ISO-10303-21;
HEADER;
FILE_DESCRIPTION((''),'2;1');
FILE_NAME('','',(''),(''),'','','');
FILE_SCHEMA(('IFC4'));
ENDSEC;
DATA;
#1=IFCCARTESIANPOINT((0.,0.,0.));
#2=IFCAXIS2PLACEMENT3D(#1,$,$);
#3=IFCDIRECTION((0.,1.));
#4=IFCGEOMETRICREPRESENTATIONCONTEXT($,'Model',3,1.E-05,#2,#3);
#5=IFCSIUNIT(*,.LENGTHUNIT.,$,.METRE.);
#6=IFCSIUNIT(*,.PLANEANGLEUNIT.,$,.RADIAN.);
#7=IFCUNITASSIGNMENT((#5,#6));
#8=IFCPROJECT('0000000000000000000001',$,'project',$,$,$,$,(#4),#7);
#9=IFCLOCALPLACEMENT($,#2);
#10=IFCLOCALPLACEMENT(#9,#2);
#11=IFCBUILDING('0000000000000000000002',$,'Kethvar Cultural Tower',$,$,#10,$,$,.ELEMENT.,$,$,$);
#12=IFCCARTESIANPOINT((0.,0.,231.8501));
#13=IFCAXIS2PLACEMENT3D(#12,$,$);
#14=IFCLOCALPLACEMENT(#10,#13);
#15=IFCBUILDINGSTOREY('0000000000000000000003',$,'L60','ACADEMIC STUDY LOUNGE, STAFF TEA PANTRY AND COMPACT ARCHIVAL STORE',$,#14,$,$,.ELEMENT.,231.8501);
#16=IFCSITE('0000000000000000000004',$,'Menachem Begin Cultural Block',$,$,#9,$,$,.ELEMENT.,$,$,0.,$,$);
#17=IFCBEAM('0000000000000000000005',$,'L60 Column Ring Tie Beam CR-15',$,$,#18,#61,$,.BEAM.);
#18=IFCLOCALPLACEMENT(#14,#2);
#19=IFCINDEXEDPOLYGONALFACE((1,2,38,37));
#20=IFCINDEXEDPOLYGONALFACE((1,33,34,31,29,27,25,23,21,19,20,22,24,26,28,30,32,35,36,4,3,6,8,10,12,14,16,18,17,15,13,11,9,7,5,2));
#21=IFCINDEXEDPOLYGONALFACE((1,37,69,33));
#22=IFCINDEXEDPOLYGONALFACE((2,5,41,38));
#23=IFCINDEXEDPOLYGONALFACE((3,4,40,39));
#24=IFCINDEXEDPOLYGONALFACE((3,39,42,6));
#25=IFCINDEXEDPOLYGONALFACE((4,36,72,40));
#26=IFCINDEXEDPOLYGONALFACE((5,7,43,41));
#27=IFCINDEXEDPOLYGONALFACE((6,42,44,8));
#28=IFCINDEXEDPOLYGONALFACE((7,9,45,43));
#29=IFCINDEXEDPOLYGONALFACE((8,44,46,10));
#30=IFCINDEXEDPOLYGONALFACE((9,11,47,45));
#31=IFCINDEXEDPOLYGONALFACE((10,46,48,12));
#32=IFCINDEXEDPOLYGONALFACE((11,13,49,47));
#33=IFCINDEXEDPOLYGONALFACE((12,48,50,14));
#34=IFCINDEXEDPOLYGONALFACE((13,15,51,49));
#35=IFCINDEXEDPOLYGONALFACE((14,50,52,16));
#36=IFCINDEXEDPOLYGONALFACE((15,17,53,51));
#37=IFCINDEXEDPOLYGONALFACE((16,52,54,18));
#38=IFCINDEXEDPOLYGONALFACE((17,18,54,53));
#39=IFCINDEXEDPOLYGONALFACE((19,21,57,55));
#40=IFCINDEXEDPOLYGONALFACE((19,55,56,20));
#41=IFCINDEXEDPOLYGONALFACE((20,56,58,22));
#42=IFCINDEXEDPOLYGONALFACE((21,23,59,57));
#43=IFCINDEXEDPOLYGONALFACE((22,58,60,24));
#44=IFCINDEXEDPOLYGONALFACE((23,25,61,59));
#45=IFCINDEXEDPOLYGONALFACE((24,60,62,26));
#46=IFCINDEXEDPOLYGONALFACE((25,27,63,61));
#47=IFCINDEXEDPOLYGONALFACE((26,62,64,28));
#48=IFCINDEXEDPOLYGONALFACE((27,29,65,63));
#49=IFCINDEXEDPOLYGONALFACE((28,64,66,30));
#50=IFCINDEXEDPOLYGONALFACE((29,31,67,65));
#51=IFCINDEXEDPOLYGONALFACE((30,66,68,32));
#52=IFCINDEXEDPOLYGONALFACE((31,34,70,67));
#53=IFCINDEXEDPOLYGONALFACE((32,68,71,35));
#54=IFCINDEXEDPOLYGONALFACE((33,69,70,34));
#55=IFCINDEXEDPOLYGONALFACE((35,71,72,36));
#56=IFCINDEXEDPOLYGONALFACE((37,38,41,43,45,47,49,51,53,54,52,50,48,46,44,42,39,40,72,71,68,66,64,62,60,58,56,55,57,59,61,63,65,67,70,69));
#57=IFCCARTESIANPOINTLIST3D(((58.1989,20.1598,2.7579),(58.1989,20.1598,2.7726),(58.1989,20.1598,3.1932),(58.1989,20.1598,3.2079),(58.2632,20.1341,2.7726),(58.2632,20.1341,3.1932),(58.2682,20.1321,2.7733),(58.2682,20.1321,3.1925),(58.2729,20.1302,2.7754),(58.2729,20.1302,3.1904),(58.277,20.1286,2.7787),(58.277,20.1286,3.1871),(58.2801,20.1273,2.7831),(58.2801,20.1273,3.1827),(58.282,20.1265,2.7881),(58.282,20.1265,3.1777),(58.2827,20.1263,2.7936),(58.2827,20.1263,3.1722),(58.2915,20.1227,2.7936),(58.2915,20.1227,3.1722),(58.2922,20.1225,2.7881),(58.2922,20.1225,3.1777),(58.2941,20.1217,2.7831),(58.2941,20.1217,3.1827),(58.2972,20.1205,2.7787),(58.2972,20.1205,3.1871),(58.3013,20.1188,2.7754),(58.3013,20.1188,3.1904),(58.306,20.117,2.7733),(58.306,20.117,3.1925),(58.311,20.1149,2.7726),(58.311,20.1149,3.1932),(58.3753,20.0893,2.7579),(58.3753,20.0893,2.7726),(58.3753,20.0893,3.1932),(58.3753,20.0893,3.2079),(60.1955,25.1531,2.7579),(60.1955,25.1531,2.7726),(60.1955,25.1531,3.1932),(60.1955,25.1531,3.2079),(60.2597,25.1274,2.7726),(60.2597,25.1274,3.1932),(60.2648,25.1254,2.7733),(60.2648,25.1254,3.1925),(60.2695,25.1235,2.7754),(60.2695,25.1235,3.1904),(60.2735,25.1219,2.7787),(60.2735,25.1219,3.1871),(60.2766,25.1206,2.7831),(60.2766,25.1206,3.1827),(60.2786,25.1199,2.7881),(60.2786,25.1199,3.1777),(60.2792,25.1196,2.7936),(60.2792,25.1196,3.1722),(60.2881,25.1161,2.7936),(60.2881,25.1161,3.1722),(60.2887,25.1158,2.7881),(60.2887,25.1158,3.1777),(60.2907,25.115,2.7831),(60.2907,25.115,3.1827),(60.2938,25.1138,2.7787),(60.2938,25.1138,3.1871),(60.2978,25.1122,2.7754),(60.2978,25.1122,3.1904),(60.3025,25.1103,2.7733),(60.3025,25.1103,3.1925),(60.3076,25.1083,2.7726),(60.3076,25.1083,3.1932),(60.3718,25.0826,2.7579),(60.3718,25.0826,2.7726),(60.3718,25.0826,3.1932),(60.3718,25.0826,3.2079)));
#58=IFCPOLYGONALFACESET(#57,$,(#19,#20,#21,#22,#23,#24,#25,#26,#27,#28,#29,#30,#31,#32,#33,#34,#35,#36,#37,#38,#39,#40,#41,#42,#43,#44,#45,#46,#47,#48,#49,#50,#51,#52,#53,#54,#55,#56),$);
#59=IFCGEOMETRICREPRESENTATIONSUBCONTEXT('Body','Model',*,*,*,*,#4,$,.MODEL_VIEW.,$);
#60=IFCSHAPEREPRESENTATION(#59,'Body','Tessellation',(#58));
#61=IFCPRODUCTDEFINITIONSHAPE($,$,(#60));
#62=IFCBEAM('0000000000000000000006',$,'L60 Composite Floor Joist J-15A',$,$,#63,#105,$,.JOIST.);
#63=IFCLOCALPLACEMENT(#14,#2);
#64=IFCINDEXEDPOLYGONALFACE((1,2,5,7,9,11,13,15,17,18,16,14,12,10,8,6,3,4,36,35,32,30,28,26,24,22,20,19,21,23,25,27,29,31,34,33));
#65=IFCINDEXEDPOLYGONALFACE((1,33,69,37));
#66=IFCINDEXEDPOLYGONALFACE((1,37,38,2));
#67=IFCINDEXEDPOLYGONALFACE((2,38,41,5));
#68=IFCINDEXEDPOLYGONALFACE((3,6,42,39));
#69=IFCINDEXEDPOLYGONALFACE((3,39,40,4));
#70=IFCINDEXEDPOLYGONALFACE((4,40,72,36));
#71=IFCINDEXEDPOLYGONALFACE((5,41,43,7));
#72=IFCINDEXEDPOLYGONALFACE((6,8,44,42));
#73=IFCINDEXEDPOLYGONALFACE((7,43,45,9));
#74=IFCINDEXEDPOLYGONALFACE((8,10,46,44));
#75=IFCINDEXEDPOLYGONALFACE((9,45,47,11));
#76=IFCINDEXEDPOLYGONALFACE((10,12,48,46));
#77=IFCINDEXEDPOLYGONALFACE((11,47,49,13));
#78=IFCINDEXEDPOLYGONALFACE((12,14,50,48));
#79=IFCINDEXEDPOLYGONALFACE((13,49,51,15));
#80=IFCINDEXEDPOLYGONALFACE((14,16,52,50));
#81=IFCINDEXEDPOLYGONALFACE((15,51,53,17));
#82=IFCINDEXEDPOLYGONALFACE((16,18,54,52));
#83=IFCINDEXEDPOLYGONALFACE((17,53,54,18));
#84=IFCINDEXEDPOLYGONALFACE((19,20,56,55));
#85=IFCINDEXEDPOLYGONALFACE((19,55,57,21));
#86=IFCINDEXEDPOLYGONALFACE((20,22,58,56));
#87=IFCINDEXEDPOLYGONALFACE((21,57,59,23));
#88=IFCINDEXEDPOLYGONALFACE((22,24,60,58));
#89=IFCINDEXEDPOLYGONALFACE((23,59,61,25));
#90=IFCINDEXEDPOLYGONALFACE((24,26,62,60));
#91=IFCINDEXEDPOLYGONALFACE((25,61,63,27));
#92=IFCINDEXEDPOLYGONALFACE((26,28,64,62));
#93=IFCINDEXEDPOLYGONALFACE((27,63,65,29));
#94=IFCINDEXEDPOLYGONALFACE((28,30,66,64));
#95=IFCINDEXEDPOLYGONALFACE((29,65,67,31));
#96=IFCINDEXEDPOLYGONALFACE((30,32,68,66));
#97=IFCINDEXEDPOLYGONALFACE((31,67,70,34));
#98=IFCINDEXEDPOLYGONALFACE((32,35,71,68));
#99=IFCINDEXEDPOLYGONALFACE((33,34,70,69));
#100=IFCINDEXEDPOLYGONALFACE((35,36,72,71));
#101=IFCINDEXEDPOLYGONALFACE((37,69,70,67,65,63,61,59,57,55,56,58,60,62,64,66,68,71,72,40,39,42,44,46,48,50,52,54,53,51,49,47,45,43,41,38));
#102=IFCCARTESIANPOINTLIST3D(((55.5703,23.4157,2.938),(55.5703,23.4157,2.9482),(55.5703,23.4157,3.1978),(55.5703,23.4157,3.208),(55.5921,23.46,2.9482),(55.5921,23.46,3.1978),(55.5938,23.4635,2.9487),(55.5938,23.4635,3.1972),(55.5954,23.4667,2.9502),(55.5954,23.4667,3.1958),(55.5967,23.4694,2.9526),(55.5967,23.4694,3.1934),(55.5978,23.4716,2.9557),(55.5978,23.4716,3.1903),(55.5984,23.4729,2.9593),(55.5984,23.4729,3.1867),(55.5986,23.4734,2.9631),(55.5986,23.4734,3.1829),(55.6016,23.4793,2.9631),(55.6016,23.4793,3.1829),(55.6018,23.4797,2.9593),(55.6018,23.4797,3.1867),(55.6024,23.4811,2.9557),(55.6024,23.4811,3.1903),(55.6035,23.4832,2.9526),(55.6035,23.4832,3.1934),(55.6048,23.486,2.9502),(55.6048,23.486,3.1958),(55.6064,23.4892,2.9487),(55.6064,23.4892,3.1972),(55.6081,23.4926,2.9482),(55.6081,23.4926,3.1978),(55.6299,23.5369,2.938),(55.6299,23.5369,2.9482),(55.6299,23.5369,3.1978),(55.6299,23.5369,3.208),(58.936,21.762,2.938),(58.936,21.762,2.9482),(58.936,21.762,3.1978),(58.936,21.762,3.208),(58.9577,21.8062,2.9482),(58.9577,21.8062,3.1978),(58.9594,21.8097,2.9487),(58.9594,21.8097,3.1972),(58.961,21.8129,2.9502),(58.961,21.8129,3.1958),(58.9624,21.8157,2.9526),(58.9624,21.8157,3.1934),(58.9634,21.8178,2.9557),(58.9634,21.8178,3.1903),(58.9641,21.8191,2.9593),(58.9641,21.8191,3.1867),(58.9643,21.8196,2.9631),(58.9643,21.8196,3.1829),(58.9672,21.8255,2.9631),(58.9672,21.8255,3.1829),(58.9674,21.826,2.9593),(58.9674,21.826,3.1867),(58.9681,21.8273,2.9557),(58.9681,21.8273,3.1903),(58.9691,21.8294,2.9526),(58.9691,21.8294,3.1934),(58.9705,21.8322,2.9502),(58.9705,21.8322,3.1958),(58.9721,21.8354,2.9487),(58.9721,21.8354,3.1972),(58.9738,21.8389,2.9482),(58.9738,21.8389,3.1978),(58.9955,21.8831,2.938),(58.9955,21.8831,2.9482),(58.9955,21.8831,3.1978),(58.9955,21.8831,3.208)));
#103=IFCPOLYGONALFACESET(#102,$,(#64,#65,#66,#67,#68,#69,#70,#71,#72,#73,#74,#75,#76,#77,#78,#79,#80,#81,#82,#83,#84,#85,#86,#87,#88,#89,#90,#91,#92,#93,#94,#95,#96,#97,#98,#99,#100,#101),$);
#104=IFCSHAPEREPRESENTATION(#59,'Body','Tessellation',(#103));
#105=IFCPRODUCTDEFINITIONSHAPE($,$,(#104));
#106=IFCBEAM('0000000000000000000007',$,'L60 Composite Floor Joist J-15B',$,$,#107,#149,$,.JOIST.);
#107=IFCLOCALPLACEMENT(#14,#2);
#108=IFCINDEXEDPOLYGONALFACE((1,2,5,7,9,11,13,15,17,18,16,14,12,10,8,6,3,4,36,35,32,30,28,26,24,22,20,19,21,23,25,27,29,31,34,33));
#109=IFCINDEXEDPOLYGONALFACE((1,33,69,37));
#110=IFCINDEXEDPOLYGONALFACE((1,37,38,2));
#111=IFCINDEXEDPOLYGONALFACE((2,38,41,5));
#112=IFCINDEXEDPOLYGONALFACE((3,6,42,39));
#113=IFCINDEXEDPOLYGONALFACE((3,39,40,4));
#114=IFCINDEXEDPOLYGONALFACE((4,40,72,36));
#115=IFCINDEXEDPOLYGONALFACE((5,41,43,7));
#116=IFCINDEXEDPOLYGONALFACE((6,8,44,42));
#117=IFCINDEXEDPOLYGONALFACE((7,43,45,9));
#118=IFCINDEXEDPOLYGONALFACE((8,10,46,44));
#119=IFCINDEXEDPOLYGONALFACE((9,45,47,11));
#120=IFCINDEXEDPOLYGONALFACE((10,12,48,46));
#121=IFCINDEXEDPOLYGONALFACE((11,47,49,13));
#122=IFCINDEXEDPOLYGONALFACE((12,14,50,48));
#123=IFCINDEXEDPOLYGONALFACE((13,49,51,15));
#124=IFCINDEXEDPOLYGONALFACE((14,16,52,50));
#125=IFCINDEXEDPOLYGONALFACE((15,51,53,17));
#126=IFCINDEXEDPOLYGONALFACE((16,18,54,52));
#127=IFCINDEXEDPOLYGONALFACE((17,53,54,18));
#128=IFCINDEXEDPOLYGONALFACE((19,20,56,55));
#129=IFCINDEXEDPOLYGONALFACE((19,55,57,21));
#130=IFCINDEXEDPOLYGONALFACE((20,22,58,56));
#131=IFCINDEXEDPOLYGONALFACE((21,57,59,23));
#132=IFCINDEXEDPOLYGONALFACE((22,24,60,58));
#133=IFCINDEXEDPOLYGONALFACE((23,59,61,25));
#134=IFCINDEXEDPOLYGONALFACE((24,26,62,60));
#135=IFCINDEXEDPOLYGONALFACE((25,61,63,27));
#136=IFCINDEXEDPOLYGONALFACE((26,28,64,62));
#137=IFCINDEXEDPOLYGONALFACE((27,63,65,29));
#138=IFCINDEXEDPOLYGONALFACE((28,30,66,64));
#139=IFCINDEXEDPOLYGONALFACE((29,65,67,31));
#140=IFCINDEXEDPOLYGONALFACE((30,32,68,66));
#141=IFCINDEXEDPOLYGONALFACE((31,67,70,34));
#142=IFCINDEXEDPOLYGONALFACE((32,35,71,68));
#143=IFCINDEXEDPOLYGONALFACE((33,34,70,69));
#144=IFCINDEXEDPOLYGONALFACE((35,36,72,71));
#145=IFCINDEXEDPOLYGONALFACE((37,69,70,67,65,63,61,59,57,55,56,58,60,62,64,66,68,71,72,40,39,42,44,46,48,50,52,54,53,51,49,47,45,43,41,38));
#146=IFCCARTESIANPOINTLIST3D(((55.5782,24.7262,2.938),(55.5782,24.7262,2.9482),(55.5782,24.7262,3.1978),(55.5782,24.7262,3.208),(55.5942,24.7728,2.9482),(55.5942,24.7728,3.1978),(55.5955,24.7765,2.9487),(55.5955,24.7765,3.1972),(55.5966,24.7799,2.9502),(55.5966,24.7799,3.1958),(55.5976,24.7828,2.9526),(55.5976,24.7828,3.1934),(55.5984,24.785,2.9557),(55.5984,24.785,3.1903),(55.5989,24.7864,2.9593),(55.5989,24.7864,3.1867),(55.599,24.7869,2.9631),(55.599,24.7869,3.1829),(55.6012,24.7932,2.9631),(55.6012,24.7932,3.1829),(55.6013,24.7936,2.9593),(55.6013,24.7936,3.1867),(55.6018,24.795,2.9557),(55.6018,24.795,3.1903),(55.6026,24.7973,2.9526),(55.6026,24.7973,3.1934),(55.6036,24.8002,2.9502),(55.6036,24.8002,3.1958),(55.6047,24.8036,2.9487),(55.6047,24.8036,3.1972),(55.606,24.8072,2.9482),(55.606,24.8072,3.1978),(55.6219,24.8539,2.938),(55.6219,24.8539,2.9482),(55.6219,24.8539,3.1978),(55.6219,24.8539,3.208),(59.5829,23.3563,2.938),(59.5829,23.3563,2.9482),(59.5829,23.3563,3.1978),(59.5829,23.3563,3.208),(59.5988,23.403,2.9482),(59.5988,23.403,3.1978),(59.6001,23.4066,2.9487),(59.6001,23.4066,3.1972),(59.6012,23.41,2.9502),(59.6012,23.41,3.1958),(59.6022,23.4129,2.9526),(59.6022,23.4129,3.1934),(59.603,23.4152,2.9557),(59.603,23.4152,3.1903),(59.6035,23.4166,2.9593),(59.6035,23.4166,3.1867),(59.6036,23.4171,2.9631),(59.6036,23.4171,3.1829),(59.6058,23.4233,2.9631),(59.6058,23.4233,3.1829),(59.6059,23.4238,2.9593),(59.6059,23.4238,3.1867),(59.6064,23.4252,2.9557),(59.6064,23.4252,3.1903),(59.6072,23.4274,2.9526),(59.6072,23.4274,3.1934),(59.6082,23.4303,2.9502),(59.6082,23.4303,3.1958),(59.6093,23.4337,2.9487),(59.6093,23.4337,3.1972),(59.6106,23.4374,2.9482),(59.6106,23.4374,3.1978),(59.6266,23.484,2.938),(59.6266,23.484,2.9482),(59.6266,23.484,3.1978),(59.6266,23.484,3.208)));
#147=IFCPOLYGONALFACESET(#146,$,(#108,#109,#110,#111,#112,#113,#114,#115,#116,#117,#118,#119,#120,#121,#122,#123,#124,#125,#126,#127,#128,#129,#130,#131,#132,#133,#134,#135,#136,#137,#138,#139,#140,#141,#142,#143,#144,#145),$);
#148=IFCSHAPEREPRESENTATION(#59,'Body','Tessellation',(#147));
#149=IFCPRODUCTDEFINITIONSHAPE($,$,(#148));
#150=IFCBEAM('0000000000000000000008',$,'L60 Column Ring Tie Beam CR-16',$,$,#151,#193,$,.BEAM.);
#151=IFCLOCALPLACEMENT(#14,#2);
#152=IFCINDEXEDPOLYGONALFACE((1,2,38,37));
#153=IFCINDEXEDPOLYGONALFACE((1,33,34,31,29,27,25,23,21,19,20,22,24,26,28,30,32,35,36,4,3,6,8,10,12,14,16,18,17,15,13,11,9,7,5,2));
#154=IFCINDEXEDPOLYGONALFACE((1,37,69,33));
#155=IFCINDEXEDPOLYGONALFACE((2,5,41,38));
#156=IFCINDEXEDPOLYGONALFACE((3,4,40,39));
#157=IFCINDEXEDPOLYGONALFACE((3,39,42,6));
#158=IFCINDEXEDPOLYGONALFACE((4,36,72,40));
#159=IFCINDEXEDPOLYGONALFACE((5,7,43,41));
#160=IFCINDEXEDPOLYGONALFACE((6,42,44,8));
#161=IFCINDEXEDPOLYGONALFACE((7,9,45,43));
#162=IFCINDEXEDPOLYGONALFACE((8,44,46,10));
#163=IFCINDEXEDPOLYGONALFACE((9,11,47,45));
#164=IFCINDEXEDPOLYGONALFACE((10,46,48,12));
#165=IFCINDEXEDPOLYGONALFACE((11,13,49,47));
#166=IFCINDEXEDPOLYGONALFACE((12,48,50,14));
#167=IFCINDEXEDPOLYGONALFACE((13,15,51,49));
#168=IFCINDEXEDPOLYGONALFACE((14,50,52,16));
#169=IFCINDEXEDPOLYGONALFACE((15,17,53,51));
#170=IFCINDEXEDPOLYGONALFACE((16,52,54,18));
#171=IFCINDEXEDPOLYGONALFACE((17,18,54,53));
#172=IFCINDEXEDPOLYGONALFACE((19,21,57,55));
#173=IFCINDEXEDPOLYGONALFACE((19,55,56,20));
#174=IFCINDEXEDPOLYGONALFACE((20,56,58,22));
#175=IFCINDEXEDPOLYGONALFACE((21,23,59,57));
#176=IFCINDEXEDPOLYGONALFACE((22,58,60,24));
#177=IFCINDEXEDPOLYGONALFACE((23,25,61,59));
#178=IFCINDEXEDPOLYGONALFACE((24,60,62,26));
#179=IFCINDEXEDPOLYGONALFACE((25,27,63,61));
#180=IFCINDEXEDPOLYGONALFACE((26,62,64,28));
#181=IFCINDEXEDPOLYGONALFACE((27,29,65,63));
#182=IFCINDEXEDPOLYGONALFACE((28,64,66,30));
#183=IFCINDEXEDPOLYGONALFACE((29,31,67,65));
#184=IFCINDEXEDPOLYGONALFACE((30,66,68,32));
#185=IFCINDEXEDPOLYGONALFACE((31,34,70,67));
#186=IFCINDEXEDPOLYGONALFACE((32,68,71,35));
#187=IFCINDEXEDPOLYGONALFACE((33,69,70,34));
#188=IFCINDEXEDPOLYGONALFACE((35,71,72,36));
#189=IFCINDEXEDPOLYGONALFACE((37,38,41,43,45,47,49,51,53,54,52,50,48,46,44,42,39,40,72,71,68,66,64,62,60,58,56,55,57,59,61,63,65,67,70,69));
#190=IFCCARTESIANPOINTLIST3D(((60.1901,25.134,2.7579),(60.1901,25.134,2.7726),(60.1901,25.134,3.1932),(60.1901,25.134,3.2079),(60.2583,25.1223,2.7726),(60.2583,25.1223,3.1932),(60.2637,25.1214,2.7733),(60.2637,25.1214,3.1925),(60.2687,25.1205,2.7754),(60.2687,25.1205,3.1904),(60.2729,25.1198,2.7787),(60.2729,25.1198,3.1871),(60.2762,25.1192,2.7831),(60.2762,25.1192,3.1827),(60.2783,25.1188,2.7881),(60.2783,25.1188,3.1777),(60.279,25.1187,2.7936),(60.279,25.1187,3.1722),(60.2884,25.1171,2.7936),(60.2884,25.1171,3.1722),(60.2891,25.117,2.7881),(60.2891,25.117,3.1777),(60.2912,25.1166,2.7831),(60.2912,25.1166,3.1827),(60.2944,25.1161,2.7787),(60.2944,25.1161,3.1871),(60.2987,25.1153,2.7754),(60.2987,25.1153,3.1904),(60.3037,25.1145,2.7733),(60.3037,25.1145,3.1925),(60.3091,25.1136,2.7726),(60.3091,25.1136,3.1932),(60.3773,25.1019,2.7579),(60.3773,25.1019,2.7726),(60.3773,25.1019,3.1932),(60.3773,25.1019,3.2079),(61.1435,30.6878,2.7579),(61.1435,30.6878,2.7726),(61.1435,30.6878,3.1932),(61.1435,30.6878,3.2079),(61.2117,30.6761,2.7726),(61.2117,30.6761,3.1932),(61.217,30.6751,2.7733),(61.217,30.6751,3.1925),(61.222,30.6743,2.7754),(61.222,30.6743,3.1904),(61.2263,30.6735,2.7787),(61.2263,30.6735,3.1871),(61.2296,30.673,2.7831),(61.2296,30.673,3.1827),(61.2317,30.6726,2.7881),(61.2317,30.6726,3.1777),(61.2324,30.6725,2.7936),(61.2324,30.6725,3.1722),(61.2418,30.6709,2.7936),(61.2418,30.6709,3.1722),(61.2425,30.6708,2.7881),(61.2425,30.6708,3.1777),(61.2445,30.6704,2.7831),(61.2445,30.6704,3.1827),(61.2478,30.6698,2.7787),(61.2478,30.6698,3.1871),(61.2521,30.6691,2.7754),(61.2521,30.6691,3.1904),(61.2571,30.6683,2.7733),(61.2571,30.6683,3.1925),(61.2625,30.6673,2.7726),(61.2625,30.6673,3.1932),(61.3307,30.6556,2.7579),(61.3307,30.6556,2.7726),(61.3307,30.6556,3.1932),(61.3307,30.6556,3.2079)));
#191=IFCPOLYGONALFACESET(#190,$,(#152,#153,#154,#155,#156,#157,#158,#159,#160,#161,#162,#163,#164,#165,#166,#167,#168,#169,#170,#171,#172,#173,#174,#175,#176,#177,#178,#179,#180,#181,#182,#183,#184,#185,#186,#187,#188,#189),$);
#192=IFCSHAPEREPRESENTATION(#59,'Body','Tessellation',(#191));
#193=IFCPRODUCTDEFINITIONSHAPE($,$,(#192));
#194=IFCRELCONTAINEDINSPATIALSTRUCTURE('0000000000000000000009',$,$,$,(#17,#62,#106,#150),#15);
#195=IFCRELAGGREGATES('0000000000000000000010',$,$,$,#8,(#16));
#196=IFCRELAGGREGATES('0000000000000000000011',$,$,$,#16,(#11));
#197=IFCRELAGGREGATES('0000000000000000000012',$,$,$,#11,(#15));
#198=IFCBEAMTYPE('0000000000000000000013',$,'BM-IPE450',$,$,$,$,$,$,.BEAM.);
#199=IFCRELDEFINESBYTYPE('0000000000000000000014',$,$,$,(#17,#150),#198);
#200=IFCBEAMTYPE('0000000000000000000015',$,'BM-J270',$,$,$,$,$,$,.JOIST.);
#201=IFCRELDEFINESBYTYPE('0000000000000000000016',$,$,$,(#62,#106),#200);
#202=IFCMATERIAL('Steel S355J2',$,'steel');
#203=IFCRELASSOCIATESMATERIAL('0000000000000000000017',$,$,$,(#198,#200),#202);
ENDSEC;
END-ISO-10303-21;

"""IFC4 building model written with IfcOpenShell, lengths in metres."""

from ifc_helpers import new_model, si_unit, direction, frame, origin, origin_2d, place, context, subcontext, project, spatial, i_section, extrude, source, transform, mapped, material, material_profile, profile_set, type_object, element, save


model = new_model("IFC4")

# Units and contexts
model_context = context("Model", 3, precision=1e-05, world=origin(), true_north=direction((0.0, 1.0)))
body_context = subcontext(model_context, "Body", "Model", "MODEL_VIEW")
ifc_project = project(units=[si_unit("LENGTHUNIT", "METRE"), si_unit("PLANEANGLEUNIT", "RADIAN")], contexts=[model_context])

# Site, building, storey
site_placement = place(None, origin())
site = spatial("IfcSite", under=ifc_project, at=site_placement, Name="Menachem Begin Cultural Block", CompositionType="ELEMENT", RefElevation=0.0)
building_placement = place(site_placement, origin())
building = spatial("IfcBuilding", under=site, at=building_placement, Name="Kethvar Cultural Tower", CompositionType="ELEMENT")
storey_placement = place(building_placement, frame((0.0, 0.0, 231.8501)))
storey = spatial("IfcBuildingStorey", under=building, at=storey_placement, Name="L60", Description="ACADEMIC STUDY LOUNGE, STAFF TEA PANTRY AND COMPACT ARCHIVAL STORE", CompositionType="ELEMENT", Elevation=231.8501)

# Beams
ifc_material_1 = material(Name="Steel S355J2", Category="steel")
ifc_material_profile_1 = material_profile(ifc_material_1, i_section(OverallWidth=0.1899, OverallDepth=0.45, WebThickness=0.0095, FlangeThickness=0.0146, FilletRadius=0.021, at=origin_2d()), Name="Steel S355J2 — IPE450")
ifc_profile_set_1 = profile_set([ifc_material_profile_1], Name="Steel S355J2 — IPE450")
beam_type_1 = type_object("IfcBeamType", Name="BM-IPE450", PredefinedType="BEAM", material=ifc_profile_set_1)
shared_shape_1 = source(origin(), body_context, "Body", "SweptSolid", [
    extrude(i_section(OverallWidth=0.1899, OverallDepth=0.45, WebThickness=0.0095, FlangeThickness=0.0146, FilletRadius=0.021, at=origin_2d()), origin(), (0.0, 0.0, 1.0), 5.3777),
])
beam_1_placement = place(storey_placement, frame((58.2871, 20.1245, 2.9829), z_axis=(0.371265, 0.928527, 0.0), x_axis=(-0.928527, 0.371265, 0.0)))
element("IfcBeam", 1, at=beam_1_placement, inside=storey, type_object=beam_type_1, Name="L60 Column Ring Tie Beam CR-15", PredefinedType="BEAM", context=body_context, shape_type="MappedRepresentation", body=[
    mapped(shared_shape_1, transform((0.0, 0.0, 0.0), scale=1.0)),
])
ifc_material_profile_2 = material_profile(ifc_material_1, i_section(OverallWidth=0.135, OverallDepth=0.27, WebThickness=0.0066, FlangeThickness=0.0103, FilletRadius=0.0149, at=origin_2d()), Name="Steel S355J2 — IPE270")
ifc_profile_set_2 = profile_set([ifc_material_profile_2], Name="Steel S355J2 — IPE270")
beam_type_2 = type_object("IfcBeamType", Name="BM-J270", PredefinedType="JOIST", material=ifc_profile_set_2)
shared_shape_2 = source(origin(), body_context, "Body", "SweptSolid", [
    extrude(i_section(OverallWidth=0.135, OverallDepth=0.27, WebThickness=0.0066, FlangeThickness=0.0103, FilletRadius=0.0149, at=origin_2d()), origin(), (0.0, 0.0, 1.0), 3.75),
])
beam_2_placement = place(storey_placement, frame((55.6001, 23.4763, 3.073), z_axis=(0.897505, -0.441005, 0.0), x_axis=(0.441005, 0.897505, 0.0)))
element("IfcBeam", 2, at=beam_2_placement, inside=storey, type_object=beam_type_2, Name="L60 Composite Floor Joist J-15A", PredefinedType="JOIST", context=body_context, shape_type="MappedRepresentation", body=[
    mapped(shared_shape_2, transform((0.0, 0.0, 0.0), scale=1.0)),
])
shared_shape_3 = source(origin(), body_context, "Body", "SweptSolid", [
    extrude(i_section(OverallWidth=0.135, OverallDepth=0.27, WebThickness=0.0066, FlangeThickness=0.0103, FilletRadius=0.0149, at=origin_2d()), origin(), (0.0, 0.0, 1.0), 4.2324),
])
beam_3_placement = place(storey_placement, frame((55.6001, 24.79, 3.073), z_axis=(0.946174, -0.323659, 0.0), x_axis=(0.323659, 0.946174, 0.0)))
element("IfcBeam", 3, at=beam_3_placement, inside=storey, type_object=beam_type_2, Name="L60 Composite Floor Joist J-15B", PredefinedType="JOIST", context=body_context, shape_type="MappedRepresentation", body=[
    mapped(shared_shape_3, transform((0.0, 0.0, 0.0), scale=1.0)),
])
shared_shape_4 = source(origin(), body_context, "Body", "SweptSolid", [
    extrude(i_section(OverallWidth=0.1899, OverallDepth=0.45, WebThickness=0.0095, FlangeThickness=0.0146, FilletRadius=0.021, at=origin_2d()), origin(), (0.0, 0.0, 1.0), 5.635),
])
beam_4_placement = place(storey_placement, frame((60.2837, 25.1179, 2.9829), z_axis=(0.169189, 0.985584, 0.0), x_axis=(-0.985584, 0.169189, 0.0)))
element("IfcBeam", 4, at=beam_4_placement, inside=storey, type_object=beam_type_1, Name="L60 Column Ring Tie Beam CR-16", PredefinedType="BEAM", context=body_context, shape_type="MappedRepresentation", body=[
    mapped(shared_shape_4, transform((0.0, 0.0, 0.0), scale=1.0)),
])

save(model, "model.ifc")
